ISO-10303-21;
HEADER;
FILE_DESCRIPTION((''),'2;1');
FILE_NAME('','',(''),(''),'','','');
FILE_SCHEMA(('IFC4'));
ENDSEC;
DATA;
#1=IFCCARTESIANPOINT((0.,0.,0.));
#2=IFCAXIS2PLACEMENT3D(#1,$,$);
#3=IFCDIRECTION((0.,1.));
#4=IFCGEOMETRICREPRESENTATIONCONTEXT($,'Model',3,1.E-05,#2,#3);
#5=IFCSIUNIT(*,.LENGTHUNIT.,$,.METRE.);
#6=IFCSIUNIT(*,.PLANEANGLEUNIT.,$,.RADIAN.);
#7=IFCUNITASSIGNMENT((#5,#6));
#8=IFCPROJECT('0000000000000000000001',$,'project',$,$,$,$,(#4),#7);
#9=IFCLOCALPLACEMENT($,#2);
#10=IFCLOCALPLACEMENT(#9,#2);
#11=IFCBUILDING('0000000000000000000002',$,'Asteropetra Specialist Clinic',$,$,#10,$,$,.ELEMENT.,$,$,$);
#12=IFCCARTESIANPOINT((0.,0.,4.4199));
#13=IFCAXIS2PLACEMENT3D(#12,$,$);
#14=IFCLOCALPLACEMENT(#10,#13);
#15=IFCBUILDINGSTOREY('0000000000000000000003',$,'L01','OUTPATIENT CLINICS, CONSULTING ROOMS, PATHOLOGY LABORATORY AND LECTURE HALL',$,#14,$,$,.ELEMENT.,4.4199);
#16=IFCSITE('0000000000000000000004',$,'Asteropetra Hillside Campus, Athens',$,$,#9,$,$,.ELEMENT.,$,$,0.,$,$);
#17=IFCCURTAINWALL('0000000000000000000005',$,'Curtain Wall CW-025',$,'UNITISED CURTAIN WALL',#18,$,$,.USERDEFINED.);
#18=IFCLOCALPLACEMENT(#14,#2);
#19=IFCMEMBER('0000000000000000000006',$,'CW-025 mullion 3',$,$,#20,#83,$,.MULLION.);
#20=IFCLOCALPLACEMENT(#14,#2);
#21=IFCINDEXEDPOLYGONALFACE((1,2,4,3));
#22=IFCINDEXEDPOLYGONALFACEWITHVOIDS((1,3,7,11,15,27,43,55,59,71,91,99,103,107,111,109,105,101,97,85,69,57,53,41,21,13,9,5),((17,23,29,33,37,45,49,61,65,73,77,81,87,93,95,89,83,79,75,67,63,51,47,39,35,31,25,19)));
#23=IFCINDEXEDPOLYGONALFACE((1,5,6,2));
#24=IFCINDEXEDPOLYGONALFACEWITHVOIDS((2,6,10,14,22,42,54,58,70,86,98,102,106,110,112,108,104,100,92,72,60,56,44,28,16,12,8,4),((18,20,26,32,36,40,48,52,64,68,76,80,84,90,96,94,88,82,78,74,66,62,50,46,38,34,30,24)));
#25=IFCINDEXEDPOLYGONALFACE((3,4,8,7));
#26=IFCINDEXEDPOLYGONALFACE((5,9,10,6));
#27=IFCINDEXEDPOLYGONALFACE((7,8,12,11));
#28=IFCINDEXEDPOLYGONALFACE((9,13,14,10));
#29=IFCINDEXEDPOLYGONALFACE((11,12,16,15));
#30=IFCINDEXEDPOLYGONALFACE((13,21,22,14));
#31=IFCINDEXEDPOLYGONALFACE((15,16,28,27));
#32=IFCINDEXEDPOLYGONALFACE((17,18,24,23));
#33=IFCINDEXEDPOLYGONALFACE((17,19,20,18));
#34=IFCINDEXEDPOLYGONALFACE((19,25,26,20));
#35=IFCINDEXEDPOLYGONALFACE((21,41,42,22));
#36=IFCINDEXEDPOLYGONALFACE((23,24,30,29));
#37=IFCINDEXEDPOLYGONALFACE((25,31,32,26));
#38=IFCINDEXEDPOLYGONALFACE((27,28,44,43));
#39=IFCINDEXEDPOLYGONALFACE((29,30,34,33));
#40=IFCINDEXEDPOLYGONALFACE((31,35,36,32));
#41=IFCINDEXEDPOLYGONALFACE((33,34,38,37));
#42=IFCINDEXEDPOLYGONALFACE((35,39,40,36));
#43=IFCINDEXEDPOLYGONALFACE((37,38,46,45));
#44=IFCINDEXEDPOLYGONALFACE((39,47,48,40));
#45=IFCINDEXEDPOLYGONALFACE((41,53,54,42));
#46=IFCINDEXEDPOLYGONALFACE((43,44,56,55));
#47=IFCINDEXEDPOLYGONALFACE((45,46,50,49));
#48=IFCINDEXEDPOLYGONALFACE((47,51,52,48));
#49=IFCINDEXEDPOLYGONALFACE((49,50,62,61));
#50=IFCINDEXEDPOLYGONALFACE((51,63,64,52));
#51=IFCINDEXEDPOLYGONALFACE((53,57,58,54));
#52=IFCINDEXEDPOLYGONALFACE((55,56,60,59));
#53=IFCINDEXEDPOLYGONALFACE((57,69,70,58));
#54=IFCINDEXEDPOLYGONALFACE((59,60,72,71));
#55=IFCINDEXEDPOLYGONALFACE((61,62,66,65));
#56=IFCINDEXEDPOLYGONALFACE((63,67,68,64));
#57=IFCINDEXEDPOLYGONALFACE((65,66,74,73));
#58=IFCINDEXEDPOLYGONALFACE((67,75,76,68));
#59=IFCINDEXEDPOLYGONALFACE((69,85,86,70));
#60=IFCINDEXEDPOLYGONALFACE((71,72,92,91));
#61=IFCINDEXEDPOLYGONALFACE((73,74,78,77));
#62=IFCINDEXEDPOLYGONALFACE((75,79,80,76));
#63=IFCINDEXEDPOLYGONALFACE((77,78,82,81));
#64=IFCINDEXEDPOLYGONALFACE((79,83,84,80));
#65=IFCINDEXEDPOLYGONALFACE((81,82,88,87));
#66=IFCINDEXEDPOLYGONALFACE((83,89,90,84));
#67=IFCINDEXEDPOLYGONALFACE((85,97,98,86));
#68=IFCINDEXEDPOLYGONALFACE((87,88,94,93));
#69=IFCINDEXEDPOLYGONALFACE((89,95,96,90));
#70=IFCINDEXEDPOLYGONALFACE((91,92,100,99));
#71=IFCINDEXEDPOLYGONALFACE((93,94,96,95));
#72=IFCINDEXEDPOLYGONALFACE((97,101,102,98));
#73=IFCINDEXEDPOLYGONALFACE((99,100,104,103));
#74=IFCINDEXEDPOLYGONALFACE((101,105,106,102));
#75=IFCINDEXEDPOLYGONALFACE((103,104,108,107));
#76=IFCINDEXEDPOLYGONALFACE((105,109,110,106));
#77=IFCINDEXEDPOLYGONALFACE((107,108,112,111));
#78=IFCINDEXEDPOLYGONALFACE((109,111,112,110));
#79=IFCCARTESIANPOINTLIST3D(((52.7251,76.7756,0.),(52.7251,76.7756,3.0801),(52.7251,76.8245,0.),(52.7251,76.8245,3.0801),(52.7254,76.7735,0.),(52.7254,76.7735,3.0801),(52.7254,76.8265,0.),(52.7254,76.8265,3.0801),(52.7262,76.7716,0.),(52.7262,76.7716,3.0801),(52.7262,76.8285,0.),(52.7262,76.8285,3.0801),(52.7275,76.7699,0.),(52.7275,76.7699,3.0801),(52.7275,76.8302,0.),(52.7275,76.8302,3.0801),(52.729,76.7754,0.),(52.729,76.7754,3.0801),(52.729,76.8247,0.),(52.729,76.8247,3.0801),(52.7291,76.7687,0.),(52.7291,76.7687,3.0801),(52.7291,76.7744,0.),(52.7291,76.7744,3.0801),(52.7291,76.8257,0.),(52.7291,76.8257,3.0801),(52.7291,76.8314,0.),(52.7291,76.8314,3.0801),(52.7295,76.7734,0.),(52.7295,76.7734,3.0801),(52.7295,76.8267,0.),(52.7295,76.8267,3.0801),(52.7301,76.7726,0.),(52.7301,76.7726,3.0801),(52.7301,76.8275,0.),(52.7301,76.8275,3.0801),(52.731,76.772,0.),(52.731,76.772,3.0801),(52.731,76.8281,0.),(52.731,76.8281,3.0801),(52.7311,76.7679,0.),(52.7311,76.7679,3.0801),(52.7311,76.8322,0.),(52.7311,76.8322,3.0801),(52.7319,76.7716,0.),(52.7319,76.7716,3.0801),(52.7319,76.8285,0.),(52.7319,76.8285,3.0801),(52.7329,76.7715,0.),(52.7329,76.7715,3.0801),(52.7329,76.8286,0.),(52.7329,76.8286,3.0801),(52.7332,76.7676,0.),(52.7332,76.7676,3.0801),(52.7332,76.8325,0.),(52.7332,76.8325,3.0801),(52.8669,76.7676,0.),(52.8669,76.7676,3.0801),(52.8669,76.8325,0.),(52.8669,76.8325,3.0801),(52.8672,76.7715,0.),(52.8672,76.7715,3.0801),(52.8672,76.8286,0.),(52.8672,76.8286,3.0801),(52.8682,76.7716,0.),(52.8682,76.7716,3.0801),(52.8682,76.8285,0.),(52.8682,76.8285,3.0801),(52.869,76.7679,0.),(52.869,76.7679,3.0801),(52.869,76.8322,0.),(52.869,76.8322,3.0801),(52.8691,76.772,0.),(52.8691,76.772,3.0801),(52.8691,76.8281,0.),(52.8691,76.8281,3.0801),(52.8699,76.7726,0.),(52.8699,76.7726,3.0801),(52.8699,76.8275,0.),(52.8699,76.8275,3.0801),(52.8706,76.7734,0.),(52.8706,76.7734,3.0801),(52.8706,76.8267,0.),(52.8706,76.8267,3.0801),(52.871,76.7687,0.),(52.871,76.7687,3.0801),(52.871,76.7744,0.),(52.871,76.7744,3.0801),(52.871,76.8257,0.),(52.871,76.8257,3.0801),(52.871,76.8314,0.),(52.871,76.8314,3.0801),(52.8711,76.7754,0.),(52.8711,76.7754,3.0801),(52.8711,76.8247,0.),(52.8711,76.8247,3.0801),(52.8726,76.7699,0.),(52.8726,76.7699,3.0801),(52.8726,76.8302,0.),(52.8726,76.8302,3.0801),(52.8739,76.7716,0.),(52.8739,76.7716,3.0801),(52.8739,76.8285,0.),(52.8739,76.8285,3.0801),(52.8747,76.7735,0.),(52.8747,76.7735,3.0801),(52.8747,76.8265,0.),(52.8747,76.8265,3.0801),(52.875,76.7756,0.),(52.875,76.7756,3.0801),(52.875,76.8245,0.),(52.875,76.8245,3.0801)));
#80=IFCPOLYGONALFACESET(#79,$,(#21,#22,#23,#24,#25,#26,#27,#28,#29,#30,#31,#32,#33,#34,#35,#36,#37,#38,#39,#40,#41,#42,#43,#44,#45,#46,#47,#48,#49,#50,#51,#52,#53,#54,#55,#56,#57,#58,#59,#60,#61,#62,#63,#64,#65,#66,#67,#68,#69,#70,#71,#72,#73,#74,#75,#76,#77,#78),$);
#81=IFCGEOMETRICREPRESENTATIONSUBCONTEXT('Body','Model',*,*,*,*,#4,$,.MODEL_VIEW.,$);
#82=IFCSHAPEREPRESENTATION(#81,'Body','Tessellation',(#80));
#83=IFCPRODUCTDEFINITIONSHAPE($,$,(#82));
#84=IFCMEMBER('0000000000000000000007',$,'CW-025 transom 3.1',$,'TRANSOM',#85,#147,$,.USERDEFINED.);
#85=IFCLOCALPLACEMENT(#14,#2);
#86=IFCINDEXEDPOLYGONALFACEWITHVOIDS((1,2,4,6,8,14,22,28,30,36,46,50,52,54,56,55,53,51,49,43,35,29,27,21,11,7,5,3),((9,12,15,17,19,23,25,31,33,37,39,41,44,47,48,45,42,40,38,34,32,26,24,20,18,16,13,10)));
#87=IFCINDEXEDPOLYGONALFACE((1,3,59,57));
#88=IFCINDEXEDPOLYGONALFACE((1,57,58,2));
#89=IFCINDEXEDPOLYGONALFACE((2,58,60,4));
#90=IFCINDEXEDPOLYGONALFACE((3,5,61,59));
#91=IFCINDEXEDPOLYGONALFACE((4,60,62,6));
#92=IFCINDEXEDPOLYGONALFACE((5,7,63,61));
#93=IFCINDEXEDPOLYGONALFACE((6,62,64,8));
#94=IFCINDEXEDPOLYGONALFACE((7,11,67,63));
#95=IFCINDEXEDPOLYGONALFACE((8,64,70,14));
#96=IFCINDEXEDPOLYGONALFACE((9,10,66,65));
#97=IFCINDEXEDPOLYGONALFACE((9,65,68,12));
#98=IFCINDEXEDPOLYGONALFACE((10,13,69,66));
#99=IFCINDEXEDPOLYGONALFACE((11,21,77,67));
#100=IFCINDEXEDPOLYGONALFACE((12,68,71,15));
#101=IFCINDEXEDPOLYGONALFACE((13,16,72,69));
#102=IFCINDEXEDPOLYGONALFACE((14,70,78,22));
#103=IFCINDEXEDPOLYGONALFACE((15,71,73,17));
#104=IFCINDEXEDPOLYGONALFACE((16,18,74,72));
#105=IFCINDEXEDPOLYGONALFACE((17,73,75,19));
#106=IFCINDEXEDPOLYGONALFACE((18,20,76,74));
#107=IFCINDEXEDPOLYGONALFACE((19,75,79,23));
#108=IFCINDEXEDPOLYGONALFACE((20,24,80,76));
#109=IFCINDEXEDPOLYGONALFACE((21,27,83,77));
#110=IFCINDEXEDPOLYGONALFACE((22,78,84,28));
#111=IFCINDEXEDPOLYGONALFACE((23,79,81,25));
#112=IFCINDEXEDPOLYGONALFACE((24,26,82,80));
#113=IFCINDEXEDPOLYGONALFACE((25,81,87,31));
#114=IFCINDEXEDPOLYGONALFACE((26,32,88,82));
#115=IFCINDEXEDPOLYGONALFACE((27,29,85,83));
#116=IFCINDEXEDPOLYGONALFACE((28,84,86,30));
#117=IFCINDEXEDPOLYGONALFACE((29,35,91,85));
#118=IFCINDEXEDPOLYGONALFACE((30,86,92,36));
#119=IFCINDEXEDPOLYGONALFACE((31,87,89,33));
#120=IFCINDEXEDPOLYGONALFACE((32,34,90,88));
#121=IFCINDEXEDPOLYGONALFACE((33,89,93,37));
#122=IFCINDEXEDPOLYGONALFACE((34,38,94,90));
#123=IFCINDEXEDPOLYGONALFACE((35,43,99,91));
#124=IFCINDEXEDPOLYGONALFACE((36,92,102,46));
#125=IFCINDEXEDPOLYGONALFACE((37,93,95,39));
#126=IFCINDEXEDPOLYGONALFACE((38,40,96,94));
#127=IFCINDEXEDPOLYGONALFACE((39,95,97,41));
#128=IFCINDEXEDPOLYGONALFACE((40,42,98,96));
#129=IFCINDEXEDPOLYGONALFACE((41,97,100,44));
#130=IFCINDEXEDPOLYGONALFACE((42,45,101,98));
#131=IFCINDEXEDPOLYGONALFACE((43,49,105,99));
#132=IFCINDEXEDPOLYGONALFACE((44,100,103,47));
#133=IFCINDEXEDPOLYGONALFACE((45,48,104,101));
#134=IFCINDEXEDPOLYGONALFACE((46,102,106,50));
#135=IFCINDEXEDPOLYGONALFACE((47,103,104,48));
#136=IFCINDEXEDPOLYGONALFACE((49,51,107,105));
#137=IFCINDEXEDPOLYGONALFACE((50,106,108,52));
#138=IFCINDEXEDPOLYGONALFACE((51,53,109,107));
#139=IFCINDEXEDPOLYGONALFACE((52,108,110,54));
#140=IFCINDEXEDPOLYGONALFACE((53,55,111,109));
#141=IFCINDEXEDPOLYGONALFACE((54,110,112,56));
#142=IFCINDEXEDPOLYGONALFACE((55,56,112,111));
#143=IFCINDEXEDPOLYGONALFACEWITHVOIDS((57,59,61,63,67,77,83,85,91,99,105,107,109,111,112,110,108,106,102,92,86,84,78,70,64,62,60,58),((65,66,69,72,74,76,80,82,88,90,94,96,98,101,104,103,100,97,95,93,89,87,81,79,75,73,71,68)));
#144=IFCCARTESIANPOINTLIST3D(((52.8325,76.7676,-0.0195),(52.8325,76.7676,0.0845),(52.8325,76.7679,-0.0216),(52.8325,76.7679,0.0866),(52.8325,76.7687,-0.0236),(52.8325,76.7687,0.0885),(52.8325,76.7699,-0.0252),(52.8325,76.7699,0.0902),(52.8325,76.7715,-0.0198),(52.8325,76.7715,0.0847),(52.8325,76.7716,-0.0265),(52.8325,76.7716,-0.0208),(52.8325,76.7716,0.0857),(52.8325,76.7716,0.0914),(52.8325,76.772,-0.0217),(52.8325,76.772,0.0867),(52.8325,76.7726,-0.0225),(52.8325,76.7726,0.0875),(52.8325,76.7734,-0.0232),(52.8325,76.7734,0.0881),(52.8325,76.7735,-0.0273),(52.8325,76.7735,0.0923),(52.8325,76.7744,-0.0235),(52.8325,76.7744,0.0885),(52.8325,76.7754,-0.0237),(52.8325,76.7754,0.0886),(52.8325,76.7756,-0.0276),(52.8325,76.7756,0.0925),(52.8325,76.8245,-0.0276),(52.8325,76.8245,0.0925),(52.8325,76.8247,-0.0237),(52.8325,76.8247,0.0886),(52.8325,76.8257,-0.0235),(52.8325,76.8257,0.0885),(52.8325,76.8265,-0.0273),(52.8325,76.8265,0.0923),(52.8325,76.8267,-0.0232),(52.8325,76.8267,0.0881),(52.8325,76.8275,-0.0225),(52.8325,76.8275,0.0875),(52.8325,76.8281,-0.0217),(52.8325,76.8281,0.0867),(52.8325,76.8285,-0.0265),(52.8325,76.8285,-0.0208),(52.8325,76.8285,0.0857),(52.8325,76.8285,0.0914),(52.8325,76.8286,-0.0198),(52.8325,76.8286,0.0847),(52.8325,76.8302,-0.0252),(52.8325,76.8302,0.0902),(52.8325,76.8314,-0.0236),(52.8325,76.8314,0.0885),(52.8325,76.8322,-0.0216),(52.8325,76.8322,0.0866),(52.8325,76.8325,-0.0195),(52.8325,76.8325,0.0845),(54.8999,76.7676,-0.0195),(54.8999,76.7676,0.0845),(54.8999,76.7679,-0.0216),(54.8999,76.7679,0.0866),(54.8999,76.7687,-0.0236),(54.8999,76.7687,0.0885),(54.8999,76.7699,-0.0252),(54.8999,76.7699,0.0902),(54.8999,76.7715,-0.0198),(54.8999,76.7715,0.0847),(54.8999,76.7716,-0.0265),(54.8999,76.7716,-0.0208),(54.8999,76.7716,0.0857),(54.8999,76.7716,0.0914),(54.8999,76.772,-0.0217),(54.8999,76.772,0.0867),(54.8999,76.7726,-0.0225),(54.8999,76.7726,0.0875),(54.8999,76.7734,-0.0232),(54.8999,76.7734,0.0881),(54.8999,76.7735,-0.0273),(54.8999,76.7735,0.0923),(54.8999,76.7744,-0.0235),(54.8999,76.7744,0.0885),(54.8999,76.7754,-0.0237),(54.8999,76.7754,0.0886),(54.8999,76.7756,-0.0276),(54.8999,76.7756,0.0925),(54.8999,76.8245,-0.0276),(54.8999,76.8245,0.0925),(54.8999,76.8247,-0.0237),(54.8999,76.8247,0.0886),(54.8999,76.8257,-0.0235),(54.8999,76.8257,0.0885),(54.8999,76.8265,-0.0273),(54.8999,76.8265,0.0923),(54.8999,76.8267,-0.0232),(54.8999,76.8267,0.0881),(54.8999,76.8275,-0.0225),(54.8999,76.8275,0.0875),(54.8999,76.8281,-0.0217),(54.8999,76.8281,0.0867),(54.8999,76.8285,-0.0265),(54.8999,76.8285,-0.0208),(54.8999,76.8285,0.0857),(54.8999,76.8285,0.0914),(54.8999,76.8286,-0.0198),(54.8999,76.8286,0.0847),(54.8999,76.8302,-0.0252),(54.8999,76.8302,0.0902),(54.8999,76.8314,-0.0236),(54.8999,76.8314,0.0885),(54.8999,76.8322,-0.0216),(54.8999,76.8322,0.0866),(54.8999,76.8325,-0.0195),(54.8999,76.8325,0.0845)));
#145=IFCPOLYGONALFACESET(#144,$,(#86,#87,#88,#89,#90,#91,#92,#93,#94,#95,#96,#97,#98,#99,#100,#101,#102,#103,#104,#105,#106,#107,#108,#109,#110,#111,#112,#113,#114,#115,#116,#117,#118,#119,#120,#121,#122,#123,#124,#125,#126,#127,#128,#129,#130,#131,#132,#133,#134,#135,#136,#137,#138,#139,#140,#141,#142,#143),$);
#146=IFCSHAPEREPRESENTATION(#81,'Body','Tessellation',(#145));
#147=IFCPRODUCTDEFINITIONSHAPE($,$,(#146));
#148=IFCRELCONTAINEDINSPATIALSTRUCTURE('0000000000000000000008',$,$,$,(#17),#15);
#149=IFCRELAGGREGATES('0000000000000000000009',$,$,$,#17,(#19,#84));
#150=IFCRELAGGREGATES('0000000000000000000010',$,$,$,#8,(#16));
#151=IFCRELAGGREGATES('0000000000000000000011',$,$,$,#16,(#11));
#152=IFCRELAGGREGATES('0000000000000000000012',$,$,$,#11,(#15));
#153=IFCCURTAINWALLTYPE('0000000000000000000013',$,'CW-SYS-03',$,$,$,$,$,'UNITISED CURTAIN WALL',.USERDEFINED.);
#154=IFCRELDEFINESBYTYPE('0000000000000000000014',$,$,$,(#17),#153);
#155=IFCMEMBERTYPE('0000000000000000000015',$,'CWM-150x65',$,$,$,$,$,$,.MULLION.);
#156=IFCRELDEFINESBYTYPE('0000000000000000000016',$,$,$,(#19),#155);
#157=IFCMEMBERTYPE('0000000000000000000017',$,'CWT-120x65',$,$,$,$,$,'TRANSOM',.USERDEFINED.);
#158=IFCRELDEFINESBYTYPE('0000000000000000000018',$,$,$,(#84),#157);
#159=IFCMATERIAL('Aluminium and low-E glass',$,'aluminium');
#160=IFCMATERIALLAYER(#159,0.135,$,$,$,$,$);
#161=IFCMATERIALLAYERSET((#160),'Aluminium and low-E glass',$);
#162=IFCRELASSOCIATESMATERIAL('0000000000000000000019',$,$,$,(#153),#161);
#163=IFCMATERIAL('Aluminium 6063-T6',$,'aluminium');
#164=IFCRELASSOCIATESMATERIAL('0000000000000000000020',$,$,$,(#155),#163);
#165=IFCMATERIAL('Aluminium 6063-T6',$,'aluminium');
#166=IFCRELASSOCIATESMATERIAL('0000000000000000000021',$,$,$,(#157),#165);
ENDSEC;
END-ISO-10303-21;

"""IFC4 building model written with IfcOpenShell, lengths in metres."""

from ifc_helpers import new_model, si_unit, direction, frame, origin, origin_2d, place, context, subcontext, project, spatial, hollow_rectangle, extrude, material, layer, layer_set, material_profile, profile_set, type_object, element, aggregate, save


model = new_model("IFC4")

# Units and contexts
model_context = context("Model", 3, precision=1e-05, world=origin(), true_north=direction((0.0, 1.0)))
body_context = subcontext(model_context, "Body", "Model", "MODEL_VIEW")
ifc_project = project(units=[si_unit("LENGTHUNIT", "METRE"), si_unit("PLANEANGLEUNIT", "RADIAN")], contexts=[model_context])

# Site, building, storey
site_placement = place(None, origin())
site = spatial("IfcSite", under=ifc_project, at=site_placement, Name="Asteropetra Hillside Campus, Athens", CompositionType="ELEMENT", RefElevation=0.0)
building_placement = place(site_placement, origin())
building = spatial("IfcBuilding", under=site, at=building_placement, Name="Asteropetra Specialist Clinic", CompositionType="ELEMENT")
storey_placement = place(building_placement, frame((0.0, 0.0, 4.4199)))
storey = spatial("IfcBuildingStorey", under=building, at=storey_placement, Name="L01", Description="OUTPATIENT CLINICS, CONSULTING ROOMS, PATHOLOGY LABORATORY AND LECTURE HALL", CompositionType="ELEMENT", Elevation=4.4199)

# Curtain wall, members
ifc_material_1 = material(Name="Aluminium and low-E glass", Category="aluminium")
ifc_layer_1 = layer(ifc_material_1, 0.135)
ifc_layer_set_1 = layer_set([ifc_layer_1], Name="Aluminium and low-E glass")
curtain_wall_type = type_object("IfcCurtainWallType", Name="CW-SYS-03", ElementType="UNITISED CURTAIN WALL", PredefinedType="USERDEFINED", material=ifc_layer_set_1)
curtain_wall_placement = place(storey_placement, origin())
curtain_wall = element("IfcCurtainWall", 1, at=curtain_wall_placement, inside=storey, type_object=curtain_wall_type, Name="Curtain Wall CW-025", ObjectType="UNITISED CURTAIN WALL", PredefinedType="USERDEFINED")
ifc_material_2 = material(Name="Aluminium 6063-T6", Category="aluminium")
ifc_material_profile_1 = material_profile(ifc_material_2, hollow_rectangle(XDim=0.0649, YDim=0.1499, WallThickness=0.0039, InnerFilletRadius=0.0039, OuterFilletRadius=0.0081, at=origin_2d()), Name="MUL 150x65x4.0")
ifc_profile_set_1 = profile_set([ifc_material_profile_1], Name="Aluminium 6063-T6")
member_type_1 = type_object("IfcMemberType", Name="CWM-150x65", PredefinedType="MULLION", material=ifc_profile_set_1)
member_1_placement = place(storey_placement, frame((52.8, 76.8, 0.0), z_axis=(0.0, 0.0, 1.0), x_axis=(0.0, 1.0, 0.0)))
member_1 = element("IfcMember", 2, at=member_1_placement, type_object=member_type_1, Name="CW-025 mullion 3", PredefinedType="MULLION", context=body_context, shape_type="SweptSolid", body=[
    extrude(hollow_rectangle(XDim=0.0649, YDim=0.1499, WallThickness=0.0039, InnerFilletRadius=0.0039, OuterFilletRadius=0.0081, at=origin_2d()), origin(), (0.0, 0.0, 1.0), 3.0801),
])
ifc_material_3 = material(Name="Aluminium 6063-T6", Category="aluminium")
ifc_material_profile_2 = material_profile(ifc_material_3, hollow_rectangle(XDim=0.0649, YDim=0.1201, WallThickness=0.0039, InnerFilletRadius=0.0039, OuterFilletRadius=0.0081, at=origin_2d()), Name="TRN 120x65x4.0")
ifc_profile_set_2 = profile_set([ifc_material_profile_2], Name="Aluminium 6063-T6")
member_type_2 = type_object("IfcMemberType", Name="CWT-120x65", ElementType="TRANSOM", PredefinedType="USERDEFINED", material=ifc_profile_set_2)
member_2_placement = place(storey_placement, frame((52.8325, 76.8, 0.0325), z_axis=(1.0, 0.0, 0.0), x_axis=(0.0, 1.0, 0.0)))
member_2 = element("IfcMember", 3, at=member_2_placement, type_object=member_type_2, Name="CW-025 transom 3.1", ObjectType="TRANSOM", PredefinedType="USERDEFINED", context=body_context, shape_type="SweptSolid", body=[
    extrude(hollow_rectangle(XDim=0.0649, YDim=0.1201, WallThickness=0.0039, InnerFilletRadius=0.0039, OuterFilletRadius=0.0081, at=origin_2d()), origin(), (0.0, 0.0, 1.0), 2.0674),
])
aggregate(curtain_wall, [member_1, member_2])

save(model, "model.ifc")
